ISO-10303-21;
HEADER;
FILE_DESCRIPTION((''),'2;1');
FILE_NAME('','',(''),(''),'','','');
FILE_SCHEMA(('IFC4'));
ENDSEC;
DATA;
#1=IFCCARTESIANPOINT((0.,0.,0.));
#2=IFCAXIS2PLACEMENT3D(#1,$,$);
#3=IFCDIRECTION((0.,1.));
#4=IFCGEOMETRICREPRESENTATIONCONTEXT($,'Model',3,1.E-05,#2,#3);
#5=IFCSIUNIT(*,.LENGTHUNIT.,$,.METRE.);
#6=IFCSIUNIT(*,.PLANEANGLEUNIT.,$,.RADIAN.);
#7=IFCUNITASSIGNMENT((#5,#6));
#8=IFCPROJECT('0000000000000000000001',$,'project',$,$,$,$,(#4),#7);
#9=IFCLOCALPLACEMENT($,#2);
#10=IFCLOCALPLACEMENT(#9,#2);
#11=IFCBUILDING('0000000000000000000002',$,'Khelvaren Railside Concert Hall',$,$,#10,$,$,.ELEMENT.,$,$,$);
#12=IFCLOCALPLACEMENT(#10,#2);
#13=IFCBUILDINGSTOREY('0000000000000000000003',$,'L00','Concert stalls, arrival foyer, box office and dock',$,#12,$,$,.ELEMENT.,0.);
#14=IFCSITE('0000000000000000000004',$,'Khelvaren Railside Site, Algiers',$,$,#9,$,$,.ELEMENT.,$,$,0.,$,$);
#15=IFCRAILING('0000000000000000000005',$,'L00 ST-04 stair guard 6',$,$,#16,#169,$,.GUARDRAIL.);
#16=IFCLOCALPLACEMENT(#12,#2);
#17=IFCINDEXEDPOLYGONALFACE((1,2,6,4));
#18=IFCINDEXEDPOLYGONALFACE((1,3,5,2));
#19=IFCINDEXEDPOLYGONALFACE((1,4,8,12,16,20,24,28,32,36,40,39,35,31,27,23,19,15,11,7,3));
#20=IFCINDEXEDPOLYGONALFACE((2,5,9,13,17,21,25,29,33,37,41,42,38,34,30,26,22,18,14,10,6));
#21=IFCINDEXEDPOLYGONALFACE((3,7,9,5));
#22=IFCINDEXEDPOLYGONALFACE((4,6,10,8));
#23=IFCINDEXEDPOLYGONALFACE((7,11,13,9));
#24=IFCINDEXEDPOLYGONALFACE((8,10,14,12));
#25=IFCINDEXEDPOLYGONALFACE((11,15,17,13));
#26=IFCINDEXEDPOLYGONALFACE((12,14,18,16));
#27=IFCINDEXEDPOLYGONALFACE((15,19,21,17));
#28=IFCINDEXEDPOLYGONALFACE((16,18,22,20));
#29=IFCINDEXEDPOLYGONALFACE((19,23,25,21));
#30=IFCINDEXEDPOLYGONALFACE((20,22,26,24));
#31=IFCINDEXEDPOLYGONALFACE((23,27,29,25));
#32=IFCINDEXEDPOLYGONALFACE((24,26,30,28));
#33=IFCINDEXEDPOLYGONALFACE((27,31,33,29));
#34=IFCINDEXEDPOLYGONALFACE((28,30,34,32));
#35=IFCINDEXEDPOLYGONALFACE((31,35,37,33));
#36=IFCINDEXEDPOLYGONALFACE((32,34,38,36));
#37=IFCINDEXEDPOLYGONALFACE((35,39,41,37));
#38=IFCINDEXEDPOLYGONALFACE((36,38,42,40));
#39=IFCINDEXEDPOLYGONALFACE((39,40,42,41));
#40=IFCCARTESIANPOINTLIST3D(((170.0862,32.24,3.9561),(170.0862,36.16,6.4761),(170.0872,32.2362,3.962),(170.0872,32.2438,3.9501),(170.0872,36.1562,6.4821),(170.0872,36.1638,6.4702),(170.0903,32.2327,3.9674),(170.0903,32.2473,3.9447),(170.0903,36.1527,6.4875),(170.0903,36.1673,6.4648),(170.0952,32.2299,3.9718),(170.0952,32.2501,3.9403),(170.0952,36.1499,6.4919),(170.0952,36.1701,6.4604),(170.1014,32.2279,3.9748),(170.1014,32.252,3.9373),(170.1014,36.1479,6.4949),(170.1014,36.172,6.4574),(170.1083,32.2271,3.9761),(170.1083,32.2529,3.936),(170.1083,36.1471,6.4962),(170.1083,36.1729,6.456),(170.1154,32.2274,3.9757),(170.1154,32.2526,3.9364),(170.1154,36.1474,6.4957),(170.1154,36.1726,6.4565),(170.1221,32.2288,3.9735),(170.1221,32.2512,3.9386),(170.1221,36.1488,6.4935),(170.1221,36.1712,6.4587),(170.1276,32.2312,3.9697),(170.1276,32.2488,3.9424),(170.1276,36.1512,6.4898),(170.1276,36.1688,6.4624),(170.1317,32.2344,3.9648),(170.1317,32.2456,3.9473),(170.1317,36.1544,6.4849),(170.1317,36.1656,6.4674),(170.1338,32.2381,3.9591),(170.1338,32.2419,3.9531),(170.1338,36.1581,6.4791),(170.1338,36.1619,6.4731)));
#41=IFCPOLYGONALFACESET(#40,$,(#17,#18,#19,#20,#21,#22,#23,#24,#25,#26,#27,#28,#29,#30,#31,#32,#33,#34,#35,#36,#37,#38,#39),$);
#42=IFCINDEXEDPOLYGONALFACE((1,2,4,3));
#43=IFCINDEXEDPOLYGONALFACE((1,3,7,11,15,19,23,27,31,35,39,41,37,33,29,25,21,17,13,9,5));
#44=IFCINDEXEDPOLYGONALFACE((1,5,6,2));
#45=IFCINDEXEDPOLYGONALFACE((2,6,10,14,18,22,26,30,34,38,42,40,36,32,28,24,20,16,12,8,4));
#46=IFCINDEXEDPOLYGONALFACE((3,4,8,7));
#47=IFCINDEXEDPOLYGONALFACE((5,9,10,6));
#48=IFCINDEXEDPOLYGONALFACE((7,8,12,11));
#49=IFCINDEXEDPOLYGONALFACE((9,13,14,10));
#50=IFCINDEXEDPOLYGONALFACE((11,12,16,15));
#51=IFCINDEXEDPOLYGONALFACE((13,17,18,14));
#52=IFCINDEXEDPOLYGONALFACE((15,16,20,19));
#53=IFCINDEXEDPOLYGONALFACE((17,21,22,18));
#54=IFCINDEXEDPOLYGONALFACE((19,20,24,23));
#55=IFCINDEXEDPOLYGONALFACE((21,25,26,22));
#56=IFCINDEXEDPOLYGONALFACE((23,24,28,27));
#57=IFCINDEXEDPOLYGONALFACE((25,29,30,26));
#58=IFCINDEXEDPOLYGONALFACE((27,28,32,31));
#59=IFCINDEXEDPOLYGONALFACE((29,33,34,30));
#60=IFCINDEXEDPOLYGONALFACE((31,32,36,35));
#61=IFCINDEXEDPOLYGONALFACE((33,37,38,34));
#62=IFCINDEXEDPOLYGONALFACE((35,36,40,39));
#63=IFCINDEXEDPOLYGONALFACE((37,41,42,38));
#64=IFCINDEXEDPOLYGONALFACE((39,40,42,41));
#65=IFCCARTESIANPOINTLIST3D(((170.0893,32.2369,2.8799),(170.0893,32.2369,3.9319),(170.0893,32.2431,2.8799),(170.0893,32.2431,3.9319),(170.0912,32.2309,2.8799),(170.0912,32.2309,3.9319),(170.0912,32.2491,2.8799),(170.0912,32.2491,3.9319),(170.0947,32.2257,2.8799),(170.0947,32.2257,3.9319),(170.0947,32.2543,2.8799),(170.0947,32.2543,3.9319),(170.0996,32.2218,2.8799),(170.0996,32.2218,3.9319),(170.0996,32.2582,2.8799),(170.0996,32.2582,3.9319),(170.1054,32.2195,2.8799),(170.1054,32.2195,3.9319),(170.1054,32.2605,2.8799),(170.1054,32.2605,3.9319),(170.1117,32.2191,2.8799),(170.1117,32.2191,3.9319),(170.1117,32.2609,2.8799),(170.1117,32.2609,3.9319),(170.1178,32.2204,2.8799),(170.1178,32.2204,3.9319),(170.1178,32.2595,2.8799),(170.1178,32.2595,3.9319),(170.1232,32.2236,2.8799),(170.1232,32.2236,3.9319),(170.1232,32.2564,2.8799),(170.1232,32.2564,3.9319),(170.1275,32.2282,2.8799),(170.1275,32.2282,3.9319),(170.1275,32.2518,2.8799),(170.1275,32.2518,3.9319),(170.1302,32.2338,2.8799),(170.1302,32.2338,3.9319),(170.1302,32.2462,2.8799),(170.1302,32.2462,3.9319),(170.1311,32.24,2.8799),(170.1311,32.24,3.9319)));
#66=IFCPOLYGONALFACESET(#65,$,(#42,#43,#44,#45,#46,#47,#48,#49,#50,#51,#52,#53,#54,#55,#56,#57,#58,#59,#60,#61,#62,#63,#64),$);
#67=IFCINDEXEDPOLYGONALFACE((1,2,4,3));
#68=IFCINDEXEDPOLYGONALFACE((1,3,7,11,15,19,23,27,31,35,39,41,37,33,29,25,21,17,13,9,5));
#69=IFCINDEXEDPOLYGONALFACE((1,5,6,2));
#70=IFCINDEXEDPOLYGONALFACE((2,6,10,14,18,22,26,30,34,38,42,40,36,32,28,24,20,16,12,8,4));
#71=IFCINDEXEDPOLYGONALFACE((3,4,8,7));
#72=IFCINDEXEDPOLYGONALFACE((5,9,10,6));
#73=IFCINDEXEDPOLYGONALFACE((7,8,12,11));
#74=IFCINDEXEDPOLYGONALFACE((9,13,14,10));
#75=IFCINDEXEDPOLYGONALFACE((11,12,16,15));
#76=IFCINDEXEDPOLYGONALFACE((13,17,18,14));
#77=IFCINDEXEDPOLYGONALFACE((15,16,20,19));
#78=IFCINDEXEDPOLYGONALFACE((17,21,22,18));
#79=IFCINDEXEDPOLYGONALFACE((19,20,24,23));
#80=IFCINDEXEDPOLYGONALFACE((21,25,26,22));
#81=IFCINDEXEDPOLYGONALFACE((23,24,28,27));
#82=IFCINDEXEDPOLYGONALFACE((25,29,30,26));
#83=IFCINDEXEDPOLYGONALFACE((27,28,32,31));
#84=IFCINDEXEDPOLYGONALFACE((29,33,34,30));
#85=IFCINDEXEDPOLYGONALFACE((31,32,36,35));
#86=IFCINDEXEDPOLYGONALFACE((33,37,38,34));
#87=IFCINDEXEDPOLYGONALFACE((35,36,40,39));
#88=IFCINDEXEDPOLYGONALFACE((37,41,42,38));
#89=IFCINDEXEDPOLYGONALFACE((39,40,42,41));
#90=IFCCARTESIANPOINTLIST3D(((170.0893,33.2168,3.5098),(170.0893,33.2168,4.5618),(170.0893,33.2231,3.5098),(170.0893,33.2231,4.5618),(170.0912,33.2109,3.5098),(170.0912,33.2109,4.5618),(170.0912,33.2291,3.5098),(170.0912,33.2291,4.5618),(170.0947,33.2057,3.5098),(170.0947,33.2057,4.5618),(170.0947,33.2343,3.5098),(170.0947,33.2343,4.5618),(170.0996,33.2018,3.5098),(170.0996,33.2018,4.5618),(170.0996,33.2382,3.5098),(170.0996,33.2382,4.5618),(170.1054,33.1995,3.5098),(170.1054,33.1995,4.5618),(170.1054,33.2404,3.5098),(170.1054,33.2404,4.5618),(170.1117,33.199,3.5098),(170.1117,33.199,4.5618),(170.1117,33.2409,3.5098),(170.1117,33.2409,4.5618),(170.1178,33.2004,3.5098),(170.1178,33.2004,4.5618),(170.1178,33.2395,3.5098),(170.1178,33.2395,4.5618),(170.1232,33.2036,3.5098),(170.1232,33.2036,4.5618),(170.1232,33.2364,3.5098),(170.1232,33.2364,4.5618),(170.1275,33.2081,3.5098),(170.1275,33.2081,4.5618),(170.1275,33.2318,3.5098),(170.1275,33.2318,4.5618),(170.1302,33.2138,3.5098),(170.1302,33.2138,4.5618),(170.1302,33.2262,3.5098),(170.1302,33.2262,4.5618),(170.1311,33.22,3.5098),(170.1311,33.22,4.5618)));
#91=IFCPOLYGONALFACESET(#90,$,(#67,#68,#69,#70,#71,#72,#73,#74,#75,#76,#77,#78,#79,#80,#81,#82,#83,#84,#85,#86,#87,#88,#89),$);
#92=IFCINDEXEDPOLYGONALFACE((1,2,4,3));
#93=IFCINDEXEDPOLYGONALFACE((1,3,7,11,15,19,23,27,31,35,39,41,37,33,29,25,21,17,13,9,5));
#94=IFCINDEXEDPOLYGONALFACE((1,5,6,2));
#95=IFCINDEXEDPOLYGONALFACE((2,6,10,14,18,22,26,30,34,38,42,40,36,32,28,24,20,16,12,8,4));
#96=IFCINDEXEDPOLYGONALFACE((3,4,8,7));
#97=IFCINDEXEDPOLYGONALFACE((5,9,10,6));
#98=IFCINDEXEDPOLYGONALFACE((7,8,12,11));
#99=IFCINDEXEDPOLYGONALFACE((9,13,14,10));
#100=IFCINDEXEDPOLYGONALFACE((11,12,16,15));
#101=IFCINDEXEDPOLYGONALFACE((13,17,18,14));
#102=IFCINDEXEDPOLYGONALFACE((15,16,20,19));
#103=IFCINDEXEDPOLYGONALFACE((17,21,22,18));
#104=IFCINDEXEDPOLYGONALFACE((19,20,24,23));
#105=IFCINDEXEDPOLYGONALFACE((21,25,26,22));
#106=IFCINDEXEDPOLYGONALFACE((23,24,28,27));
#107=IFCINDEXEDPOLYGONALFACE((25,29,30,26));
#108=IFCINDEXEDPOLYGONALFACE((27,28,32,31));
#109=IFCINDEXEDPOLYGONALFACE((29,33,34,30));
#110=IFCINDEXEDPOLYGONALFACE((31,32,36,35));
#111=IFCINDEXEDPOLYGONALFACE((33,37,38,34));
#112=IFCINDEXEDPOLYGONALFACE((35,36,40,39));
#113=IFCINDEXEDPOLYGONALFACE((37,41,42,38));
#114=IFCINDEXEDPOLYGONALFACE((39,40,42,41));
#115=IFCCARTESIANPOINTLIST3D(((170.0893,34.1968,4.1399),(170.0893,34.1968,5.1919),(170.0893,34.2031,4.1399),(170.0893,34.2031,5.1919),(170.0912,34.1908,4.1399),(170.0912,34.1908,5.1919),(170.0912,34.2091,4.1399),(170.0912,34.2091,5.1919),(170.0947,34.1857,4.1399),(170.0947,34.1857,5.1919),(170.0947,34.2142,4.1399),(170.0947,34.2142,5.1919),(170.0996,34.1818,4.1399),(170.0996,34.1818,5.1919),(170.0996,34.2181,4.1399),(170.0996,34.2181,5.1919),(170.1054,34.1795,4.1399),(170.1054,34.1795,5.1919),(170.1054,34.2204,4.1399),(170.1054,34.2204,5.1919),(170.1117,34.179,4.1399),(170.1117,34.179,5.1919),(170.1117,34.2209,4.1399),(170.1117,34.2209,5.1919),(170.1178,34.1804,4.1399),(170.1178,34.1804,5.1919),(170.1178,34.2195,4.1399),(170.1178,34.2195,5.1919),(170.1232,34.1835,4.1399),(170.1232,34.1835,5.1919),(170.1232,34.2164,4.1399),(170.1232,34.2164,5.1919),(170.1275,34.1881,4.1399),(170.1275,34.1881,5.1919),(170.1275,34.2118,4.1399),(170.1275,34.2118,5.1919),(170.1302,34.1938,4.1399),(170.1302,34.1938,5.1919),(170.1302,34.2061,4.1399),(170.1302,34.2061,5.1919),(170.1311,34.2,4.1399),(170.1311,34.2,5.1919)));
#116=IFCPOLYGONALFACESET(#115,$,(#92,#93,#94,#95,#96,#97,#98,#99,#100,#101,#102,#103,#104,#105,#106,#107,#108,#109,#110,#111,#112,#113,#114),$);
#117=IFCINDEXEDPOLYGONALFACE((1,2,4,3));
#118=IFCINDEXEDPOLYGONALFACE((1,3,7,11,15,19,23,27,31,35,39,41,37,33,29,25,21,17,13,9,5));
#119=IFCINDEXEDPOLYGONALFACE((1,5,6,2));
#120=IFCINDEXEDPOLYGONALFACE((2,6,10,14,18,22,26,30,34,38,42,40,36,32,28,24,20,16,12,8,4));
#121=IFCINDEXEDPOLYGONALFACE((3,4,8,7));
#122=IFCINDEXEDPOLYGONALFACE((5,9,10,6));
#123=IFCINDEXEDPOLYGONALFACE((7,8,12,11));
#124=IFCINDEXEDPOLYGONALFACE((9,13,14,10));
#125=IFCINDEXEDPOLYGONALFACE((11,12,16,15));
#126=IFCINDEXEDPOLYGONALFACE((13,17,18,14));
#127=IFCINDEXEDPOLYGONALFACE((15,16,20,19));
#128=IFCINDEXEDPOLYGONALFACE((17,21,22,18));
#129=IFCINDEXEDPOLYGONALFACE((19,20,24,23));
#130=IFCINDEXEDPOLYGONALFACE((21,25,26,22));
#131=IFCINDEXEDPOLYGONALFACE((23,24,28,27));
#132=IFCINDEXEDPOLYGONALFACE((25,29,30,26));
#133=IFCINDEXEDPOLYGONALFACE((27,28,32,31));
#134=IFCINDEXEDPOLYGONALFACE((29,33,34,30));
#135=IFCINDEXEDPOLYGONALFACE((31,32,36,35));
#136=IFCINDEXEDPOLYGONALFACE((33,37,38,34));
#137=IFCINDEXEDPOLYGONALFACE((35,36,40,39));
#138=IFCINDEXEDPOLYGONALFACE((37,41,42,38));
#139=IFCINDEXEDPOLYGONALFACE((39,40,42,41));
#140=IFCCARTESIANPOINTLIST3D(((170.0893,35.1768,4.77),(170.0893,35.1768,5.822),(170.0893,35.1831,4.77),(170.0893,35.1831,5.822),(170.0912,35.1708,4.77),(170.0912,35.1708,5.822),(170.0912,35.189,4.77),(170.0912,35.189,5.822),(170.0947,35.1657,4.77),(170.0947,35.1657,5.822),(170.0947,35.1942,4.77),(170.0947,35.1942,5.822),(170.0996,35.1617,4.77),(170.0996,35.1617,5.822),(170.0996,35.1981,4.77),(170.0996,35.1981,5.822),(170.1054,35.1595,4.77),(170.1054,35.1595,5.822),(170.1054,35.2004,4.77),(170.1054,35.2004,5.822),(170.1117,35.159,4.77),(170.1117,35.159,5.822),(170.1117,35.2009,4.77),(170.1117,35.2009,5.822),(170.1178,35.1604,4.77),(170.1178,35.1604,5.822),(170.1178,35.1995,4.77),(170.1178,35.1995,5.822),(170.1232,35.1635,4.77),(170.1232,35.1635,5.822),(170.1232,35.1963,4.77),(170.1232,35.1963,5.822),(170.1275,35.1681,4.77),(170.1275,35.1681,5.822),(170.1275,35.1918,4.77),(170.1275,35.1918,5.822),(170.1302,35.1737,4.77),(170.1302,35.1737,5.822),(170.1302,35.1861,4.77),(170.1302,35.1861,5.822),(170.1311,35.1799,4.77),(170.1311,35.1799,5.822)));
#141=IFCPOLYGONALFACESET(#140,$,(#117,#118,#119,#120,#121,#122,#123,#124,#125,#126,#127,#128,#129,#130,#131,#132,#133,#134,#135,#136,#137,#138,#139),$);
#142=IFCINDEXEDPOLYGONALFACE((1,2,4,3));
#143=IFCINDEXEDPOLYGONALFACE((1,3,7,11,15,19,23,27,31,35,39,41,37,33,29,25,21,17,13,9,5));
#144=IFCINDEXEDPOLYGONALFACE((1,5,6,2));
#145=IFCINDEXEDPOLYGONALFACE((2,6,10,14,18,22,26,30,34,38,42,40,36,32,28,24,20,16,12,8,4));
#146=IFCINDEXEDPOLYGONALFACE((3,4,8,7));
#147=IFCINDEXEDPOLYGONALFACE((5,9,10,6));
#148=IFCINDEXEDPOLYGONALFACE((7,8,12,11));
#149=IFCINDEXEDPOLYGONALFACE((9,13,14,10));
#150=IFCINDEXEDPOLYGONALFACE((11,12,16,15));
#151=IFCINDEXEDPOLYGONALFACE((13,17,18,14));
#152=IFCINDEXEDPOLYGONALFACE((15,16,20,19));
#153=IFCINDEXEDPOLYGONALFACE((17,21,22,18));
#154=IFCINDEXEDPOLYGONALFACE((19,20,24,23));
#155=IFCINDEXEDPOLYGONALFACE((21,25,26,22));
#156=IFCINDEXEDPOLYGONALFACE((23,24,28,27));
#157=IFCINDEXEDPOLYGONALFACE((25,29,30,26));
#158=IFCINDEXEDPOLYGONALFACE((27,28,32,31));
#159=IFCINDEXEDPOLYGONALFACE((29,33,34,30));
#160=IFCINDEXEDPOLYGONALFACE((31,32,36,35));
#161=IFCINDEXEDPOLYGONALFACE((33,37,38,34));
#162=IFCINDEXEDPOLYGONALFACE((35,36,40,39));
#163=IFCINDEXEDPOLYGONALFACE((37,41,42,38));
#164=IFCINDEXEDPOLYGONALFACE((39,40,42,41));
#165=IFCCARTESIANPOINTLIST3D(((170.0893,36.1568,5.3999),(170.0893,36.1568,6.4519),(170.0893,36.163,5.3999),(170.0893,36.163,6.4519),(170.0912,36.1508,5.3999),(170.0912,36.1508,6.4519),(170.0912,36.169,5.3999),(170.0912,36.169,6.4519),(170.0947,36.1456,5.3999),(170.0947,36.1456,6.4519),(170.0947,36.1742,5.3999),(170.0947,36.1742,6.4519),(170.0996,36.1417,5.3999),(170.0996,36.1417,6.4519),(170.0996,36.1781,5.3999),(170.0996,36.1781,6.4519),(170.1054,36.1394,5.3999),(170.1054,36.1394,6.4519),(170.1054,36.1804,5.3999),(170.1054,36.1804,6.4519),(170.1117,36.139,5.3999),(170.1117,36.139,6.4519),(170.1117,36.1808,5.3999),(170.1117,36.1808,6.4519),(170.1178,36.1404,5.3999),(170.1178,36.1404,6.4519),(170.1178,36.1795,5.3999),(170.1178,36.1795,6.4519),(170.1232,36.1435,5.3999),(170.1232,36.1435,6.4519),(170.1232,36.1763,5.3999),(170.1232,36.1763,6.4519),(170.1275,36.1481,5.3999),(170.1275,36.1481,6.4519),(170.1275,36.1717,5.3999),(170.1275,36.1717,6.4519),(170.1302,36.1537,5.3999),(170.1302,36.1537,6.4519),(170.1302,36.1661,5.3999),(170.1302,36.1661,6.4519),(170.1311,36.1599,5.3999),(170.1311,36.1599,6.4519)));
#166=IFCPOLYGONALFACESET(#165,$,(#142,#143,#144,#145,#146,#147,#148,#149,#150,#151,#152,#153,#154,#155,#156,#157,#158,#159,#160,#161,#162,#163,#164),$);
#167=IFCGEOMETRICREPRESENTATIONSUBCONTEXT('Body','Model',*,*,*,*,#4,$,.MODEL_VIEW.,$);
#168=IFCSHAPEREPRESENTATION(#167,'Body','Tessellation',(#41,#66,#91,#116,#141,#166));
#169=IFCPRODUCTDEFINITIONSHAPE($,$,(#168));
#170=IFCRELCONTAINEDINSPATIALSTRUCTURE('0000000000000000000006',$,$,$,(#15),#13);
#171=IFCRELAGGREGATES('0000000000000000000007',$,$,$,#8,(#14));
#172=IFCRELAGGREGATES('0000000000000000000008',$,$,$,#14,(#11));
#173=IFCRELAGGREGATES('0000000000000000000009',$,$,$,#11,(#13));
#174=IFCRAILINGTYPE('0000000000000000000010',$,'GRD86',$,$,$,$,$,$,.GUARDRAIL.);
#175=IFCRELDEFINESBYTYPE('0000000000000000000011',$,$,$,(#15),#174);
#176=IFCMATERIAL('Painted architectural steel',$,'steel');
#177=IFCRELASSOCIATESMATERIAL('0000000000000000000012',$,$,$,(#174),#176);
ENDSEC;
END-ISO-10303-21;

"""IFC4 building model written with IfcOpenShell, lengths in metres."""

from ifc_helpers import new_model, si_unit, direction, frame, origin, origin_2d, place, context, subcontext, project, spatial, circle, extrude, material, type_object, element, save


model = new_model("IFC4")

# Units and contexts
model_context = context("Model", 3, precision=1e-05, world=origin(), true_north=direction((0.0, 1.0)))
body_context = subcontext(model_context, "Body", "Model", "MODEL_VIEW")
ifc_project = project(units=[si_unit("LENGTHUNIT", "METRE"), si_unit("PLANEANGLEUNIT", "RADIAN")], contexts=[model_context])

# Site, building, storey
site_placement = place(None, origin())
site = spatial("IfcSite", under=ifc_project, at=site_placement, Name="Khelvaren Railside Site, Algiers", CompositionType="ELEMENT", RefElevation=0.0)
building_placement = place(site_placement, origin())
building = spatial("IfcBuilding", under=site, at=building_placement, Name="Khelvaren Railside Concert Hall", CompositionType="ELEMENT")
storey_placement = place(building_placement, origin())
storey = spatial("IfcBuildingStorey", under=building, at=storey_placement, Name="L00", Description="Concert stalls, arrival foyer, box office and dock", CompositionType="ELEMENT", Elevation=0.0)

# Railing
ifc_material_1 = material(Name="Painted architectural steel", Category="steel")
railing_type_1 = type_object("IfcRailingType", Name="GRD86", PredefinedType="GUARDRAIL", material=ifc_material_1)
railing_1_placement = place(storey_placement, frame((170.1101, 32.24, 2.8799)))
element("IfcRailing", 1, at=railing_1_placement, inside=storey, type_object=railing_type_1, Name="L00 ST-04 stair guard 6", PredefinedType="GUARDRAIL", context=body_context, shape_type="SweptSolid", body=[
    extrude(circle(Radius=0.0239, at=origin_2d()), frame((0.0, 0.0, 1.0762), z_axis=(0.0, 0.841172, 0.540768), x_axis=(-1.0, 0.0, 0.0)), (0.0, 0.0, 1.0), 4.6602),
    extrude(circle(Radius=0.021, at=origin_2d()), origin(), (0.0, 0.0, 1.0), 1.052),
    extrude(circle(Radius=0.021, at=origin_2d()), frame((0.0, 0.98, 0.6299)), (0.0, 0.0, 1.0), 1.052),
    extrude(circle(Radius=0.021, at=origin_2d()), frame((0.0, 1.96, 1.26)), (0.0, 0.0, 1.0), 1.052),
    extrude(circle(Radius=0.021, at=origin_2d()), frame((0.0, 2.9399, 1.8901)), (0.0, 0.0, 1.0), 1.052),
    extrude(circle(Radius=0.021, at=origin_2d()), frame((0.0, 3.9199, 2.52)), (0.0, 0.0, 1.0), 1.052),
])

save(model, "model.ifc")
